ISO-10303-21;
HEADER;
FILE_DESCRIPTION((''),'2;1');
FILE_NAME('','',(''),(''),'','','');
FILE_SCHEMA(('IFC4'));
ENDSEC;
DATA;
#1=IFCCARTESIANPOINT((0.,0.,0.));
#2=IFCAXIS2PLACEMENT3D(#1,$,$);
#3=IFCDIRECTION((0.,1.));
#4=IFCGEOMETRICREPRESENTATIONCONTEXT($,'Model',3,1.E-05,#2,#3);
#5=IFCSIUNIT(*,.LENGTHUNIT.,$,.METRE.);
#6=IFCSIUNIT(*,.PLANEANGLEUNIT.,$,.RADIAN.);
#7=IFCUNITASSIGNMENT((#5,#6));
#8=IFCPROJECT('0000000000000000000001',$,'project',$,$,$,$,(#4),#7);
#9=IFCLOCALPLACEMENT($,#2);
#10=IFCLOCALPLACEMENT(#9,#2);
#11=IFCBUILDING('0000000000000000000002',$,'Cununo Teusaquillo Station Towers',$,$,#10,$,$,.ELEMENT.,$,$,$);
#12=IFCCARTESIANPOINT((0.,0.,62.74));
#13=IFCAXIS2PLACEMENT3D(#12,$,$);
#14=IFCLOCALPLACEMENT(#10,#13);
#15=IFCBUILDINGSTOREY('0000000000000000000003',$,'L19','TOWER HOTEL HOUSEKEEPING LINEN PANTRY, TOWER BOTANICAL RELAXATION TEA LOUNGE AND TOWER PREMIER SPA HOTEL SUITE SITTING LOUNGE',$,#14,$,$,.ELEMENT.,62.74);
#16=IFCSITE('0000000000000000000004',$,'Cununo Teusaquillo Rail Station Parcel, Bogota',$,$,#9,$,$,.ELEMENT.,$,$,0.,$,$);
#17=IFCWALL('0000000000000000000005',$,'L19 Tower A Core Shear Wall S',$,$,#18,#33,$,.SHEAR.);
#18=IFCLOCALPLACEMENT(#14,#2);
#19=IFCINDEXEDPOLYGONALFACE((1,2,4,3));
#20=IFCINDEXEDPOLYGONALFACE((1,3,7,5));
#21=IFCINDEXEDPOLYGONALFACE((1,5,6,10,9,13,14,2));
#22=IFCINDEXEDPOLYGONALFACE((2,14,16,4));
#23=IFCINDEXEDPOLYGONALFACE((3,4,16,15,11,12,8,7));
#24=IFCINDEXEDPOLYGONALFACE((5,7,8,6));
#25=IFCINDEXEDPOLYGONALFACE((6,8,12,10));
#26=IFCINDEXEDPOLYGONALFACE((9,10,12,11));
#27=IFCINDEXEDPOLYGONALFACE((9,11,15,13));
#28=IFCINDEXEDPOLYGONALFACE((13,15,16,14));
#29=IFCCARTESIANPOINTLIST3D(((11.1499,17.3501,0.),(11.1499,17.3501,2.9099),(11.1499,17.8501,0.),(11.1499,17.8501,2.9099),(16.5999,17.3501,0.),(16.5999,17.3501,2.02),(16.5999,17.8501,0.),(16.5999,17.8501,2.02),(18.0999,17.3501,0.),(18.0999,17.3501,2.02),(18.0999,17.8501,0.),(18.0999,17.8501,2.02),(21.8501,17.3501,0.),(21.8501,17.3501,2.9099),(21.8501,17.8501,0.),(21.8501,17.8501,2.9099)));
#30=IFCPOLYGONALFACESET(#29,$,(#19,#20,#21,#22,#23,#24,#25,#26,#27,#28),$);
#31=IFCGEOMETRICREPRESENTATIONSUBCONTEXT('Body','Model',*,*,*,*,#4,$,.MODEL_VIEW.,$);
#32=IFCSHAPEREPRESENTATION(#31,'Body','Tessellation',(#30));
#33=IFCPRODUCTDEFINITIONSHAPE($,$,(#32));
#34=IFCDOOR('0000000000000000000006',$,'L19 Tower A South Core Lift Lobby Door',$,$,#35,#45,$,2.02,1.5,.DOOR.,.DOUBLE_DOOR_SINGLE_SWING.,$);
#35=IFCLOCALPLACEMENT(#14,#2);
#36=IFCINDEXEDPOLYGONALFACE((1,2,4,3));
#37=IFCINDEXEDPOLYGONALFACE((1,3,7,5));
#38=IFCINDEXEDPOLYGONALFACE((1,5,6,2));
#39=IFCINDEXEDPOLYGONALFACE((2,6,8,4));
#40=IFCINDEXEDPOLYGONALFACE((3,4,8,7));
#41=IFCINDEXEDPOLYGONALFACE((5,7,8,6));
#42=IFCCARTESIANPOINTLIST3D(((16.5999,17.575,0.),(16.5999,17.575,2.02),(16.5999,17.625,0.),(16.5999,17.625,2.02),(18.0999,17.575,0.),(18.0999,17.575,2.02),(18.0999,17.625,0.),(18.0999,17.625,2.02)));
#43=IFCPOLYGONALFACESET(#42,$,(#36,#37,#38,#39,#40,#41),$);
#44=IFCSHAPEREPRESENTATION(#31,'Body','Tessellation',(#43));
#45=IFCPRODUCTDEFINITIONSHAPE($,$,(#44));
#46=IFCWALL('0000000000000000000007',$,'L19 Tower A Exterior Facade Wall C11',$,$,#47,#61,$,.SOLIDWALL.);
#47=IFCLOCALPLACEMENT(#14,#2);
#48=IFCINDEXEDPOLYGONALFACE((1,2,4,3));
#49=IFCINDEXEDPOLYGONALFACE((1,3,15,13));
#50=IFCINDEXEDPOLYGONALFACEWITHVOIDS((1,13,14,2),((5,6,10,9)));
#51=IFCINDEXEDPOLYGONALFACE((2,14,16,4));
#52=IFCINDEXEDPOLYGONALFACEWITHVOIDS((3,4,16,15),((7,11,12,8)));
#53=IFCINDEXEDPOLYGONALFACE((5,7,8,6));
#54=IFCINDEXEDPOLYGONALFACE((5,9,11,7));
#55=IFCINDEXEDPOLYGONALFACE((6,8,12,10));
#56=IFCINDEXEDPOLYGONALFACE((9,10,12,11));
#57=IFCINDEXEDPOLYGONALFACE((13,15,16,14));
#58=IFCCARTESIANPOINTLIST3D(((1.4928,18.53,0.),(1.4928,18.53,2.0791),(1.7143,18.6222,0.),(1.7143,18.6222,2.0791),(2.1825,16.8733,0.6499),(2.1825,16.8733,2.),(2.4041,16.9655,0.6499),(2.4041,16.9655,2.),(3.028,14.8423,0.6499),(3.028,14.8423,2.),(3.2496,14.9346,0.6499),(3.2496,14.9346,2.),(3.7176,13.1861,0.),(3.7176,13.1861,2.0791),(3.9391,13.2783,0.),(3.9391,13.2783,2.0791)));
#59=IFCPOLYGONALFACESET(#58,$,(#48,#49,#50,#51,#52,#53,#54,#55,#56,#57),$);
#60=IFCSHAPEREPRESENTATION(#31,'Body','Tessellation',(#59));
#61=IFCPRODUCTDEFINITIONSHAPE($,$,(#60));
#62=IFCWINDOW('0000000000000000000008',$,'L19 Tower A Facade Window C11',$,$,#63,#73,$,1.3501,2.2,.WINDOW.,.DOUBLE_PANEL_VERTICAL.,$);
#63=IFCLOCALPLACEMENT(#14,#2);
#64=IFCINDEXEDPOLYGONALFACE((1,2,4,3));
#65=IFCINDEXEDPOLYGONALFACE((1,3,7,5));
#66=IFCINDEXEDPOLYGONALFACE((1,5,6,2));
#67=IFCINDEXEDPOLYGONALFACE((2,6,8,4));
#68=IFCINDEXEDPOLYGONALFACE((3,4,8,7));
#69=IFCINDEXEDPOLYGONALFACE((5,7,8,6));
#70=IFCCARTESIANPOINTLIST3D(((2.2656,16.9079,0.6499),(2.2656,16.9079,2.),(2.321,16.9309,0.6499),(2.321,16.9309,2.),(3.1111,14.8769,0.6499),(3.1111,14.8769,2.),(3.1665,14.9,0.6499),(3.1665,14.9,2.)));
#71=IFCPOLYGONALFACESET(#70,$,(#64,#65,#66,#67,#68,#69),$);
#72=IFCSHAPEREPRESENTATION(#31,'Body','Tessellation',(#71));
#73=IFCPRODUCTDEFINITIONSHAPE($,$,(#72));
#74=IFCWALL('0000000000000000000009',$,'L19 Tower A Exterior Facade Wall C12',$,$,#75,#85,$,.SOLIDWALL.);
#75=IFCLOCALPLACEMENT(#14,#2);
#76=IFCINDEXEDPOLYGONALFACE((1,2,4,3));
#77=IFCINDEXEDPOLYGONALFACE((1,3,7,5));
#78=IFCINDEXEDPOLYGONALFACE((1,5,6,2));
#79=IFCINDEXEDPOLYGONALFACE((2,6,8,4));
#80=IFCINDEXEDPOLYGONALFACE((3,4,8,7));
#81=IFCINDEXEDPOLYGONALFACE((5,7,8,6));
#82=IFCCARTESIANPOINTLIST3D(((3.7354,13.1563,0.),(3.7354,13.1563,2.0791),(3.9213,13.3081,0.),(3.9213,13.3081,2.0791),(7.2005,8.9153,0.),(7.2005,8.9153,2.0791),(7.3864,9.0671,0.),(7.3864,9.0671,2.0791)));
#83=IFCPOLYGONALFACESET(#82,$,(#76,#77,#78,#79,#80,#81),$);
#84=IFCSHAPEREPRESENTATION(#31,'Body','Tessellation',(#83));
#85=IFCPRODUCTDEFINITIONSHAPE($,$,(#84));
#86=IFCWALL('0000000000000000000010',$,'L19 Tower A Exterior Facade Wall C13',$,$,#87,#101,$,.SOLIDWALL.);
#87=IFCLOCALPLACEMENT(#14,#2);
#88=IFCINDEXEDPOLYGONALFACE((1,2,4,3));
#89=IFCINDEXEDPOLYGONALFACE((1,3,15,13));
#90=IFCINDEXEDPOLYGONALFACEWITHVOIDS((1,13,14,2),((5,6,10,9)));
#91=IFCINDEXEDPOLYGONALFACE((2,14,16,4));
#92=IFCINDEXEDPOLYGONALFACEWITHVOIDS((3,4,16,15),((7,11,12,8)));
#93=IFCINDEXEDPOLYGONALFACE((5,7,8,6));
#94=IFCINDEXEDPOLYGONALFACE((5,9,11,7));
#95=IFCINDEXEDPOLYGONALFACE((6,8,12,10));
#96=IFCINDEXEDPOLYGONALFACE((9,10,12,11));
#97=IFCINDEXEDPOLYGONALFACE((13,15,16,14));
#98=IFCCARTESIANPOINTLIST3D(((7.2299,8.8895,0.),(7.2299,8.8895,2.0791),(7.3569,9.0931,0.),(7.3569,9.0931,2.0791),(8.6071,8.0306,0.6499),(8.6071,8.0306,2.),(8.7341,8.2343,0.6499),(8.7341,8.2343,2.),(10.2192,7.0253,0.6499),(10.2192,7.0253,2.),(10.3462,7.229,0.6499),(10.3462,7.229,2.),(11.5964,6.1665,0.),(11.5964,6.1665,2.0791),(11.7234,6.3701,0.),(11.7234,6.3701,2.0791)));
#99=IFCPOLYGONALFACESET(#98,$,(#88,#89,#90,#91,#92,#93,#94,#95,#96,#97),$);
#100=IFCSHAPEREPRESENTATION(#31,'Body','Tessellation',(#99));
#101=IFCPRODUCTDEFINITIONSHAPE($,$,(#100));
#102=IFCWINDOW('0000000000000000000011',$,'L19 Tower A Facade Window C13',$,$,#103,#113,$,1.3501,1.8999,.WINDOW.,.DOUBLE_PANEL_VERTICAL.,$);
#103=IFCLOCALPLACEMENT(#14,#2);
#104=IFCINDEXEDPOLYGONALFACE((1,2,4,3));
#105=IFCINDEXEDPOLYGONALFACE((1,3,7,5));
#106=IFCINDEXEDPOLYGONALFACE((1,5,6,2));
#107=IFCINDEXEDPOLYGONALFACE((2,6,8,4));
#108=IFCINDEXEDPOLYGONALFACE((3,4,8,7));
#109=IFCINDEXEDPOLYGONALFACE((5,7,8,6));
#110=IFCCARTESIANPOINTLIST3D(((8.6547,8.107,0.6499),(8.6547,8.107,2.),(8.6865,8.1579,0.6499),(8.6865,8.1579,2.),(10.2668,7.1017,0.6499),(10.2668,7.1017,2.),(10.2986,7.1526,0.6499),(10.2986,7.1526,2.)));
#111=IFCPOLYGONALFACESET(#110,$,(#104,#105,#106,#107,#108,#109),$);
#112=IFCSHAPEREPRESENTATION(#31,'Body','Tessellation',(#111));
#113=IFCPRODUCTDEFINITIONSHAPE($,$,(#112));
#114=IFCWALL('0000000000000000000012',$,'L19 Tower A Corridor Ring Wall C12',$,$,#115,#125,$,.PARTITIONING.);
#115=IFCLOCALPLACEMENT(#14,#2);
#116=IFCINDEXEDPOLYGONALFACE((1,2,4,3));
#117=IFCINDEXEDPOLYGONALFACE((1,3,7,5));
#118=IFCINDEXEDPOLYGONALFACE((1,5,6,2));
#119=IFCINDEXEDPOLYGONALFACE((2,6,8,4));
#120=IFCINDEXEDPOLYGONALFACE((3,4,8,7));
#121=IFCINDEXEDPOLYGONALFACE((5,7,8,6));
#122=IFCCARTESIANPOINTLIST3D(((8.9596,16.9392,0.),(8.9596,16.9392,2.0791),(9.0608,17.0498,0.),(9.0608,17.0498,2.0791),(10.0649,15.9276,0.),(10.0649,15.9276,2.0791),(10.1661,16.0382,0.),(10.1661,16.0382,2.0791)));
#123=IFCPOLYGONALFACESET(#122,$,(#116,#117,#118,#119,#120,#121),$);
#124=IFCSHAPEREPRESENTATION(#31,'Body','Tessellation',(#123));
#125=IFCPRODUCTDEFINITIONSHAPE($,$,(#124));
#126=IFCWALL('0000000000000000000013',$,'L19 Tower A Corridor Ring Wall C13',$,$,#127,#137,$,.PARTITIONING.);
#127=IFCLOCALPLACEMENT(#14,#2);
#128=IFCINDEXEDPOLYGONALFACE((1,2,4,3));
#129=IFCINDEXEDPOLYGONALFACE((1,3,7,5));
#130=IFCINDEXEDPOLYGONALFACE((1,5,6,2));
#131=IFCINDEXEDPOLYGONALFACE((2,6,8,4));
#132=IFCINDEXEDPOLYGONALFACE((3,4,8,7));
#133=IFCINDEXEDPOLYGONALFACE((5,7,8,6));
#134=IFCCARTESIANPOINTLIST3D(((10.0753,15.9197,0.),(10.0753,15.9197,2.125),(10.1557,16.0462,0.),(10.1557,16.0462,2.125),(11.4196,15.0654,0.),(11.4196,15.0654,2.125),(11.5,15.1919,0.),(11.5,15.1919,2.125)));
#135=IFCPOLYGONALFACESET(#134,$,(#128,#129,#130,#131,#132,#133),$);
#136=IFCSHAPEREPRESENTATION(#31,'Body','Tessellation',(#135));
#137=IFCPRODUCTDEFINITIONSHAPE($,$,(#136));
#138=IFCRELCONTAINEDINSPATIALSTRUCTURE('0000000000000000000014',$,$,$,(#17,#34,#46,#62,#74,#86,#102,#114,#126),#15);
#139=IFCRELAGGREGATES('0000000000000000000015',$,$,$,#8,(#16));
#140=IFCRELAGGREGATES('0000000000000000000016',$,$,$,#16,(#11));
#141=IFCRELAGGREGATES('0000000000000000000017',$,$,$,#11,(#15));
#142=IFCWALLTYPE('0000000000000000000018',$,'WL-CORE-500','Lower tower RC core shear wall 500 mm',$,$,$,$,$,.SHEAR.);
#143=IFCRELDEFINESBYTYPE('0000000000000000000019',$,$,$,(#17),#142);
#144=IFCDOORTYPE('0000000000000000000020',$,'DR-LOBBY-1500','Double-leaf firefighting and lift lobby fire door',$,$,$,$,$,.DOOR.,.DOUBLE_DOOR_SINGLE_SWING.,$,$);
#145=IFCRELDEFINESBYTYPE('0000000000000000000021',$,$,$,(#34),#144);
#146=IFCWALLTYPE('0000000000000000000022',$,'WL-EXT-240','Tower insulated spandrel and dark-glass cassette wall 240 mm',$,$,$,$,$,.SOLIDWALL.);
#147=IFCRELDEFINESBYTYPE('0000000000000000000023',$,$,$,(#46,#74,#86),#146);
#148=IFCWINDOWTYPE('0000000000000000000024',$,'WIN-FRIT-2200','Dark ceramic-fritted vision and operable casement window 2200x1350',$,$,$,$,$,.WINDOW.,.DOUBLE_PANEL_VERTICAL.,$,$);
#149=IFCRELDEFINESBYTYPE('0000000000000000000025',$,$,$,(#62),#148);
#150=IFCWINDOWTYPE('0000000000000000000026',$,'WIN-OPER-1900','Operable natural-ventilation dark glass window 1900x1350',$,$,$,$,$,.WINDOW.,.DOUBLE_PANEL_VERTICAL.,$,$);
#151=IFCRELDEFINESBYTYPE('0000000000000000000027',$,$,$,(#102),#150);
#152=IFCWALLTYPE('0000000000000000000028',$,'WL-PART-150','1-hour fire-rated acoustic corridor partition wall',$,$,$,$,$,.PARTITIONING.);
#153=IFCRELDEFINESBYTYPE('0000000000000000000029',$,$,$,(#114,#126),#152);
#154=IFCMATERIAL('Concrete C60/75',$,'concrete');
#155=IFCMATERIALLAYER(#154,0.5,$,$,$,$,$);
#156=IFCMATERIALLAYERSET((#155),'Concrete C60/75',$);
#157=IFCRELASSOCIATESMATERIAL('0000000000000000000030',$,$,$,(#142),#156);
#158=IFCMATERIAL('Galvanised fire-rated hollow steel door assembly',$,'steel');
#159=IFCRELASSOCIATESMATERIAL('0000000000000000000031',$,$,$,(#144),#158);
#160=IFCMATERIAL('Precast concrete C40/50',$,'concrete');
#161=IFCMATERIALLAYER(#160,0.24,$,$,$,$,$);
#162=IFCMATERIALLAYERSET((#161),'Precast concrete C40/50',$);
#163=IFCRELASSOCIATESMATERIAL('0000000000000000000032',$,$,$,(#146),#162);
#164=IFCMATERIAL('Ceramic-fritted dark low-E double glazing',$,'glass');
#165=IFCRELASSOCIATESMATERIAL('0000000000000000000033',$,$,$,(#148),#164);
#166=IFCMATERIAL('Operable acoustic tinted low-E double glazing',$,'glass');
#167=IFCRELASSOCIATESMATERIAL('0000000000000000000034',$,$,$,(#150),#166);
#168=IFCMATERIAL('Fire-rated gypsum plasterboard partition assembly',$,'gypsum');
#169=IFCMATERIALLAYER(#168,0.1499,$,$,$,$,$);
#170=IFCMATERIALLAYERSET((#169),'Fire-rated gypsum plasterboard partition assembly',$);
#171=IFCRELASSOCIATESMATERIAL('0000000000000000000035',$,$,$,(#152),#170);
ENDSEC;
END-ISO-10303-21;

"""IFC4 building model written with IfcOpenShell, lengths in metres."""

from ifc_helpers import new_model, si_unit, direction, frame, frame_2d, origin, place, context, subcontext, project, spatial, rectangle, extrude, source, transform, mapped, material, layer, layer_set, type_object, element, fill, save


model = new_model("IFC4")

# Units and contexts
model_context = context("Model", 3, precision=1e-05, world=origin(), true_north=direction((0.0, 1.0)))
body_context = subcontext(model_context, "Body", "Model", "MODEL_VIEW")
ifc_project = project(units=[si_unit("LENGTHUNIT", "METRE"), si_unit("PLANEANGLEUNIT", "RADIAN")], contexts=[model_context])

# Site, building, storey
site_placement = place(None, origin())
site = spatial("IfcSite", under=ifc_project, at=site_placement, Name="Cununo Teusaquillo Rail Station Parcel, Bogota", CompositionType="ELEMENT", RefElevation=0.0)
building_placement = place(site_placement, origin())
building = spatial("IfcBuilding", under=site, at=building_placement, Name="Cununo Teusaquillo Station Towers", CompositionType="ELEMENT")
storey_placement = place(building_placement, frame((0.0, 0.0, 62.74)))
storey = spatial("IfcBuildingStorey", under=building, at=storey_placement, Name="L19", Description="TOWER HOTEL HOUSEKEEPING LINEN PANTRY, TOWER BOTANICAL RELAXATION TEA LOUNGE AND TOWER PREMIER SPA HOTEL SUITE SITTING LOUNGE", CompositionType="ELEMENT", Elevation=62.74)

# Shared definitions
ifc_material_1 = material(Name="Concrete C60/75", Category="concrete")
ifc_layer_1 = layer(ifc_material_1, 0.5)
ifc_layer_set_1 = layer_set([ifc_layer_1], Name="Concrete C60/75")
wall_type_1 = type_object("IfcWallType", Name="WL-CORE-500", Description="Lower tower RC core shear wall 500 mm", PredefinedType="SHEAR", material=ifc_layer_set_1)

# Wall, opening, door
wall_1_placement = place(storey_placement, frame((11.1499, 17.6001, 0.0), z_axis=(0.0, 0.0, 1.0), x_axis=(1.0, 0.0, 0.0)))
wall_1 = element("IfcWall", 1, at=wall_1_placement, inside=storey, type_object=wall_type_1, Name="L19 Tower A Core Shear Wall S", PredefinedType="SHEAR", context=body_context, shape_type="SweptSolid", body=[
    extrude(rectangle(XDim=10.7002, YDim=0.5, at=frame_2d((5.3501, 0.0))), origin(), (0.0, 0.0, 1.0), 2.9099),
])
shared_shape_1 = source(origin(), body_context, "Body", "SweptSolid", [
    extrude(rectangle(XDim=1.5, YDim=2.02, at=frame_2d((0.75, 1.01))), frame((0.0, 0.26, 0.0), z_axis=(0.0, -1.0, 0.0), x_axis=(1.0, 0.0, 0.0)), (0.0, 0.0, 1.0), 0.52),
])
opening_1_placement = place(wall_1_placement, frame((5.45, 0.0, 0.0)))
opening_1 = element("IfcOpeningElement", 2, at=opening_1_placement, cuts=wall_1, PredefinedType="OPENING", context=body_context, shape_type="MappedRepresentation", body=[
    mapped(shared_shape_1, transform((0.0, 0.0, 0.0), x_axis=(1.0, 0.0, 0.0), y_axis=(0.0, 1.0, 0.0), z_axis=(0.0, 0.0, 1.0), scale=1.0)),
])
ifc_material_2 = material(Name="Galvanised fire-rated hollow steel door assembly", Category="steel")
door_type_1 = type_object("IfcDoorType", Name="DR-LOBBY-1500", Description="Double-leaf firefighting and lift lobby fire door", OperationType="DOUBLE_DOOR_SINGLE_SWING", PredefinedType="DOOR", material=ifc_material_2)
shared_shape_2 = source(origin(), body_context, "Body", "SweptSolid", [
    extrude(rectangle(XDim=1.5, YDim=2.02, at=frame_2d((0.75, 1.01))), frame((0.0, 0.0249, 0.0), z_axis=(0.0, -1.0, 0.0), x_axis=(1.0, 0.0, 0.0)), (0.0, 0.0, 1.0), 0.05),
])
door_1_placement = place(opening_1_placement, origin())
door_1 = element("IfcDoor", 3, at=door_1_placement, inside=storey, type_object=door_type_1, Name="L19 Tower A South Core Lift Lobby Door", OperationType="DOUBLE_DOOR_SINGLE_SWING", OverallHeight=2.02, OverallWidth=1.5, PredefinedType="DOOR", context=body_context, shape_type="MappedRepresentation", body=[
    mapped(shared_shape_2, transform((0.0, 0.0, 0.0), x_axis=(1.0, 0.0, 0.0), y_axis=(0.0, 1.0, 0.0), z_axis=(0.0, 0.0, 1.0), scale=1.0)),
])
fill(opening_1, door_1)

# Wall, opening, window
ifc_material_3 = material(Name="Precast concrete C40/50", Category="concrete")
ifc_layer_2 = layer(ifc_material_3, 0.24)
ifc_layer_set_2 = layer_set([ifc_layer_2], Name="Precast concrete C40/50")
wall_type_2 = type_object("IfcWallType", Name="WL-EXT-240", Description="Tower insulated spandrel and dark-glass cassette wall 240 mm", PredefinedType="SOLIDWALL", material=ifc_layer_set_2)
wall_2_placement = place(storey_placement, frame((3.8284, 13.2322, 0.0), z_axis=(0.0, 0.0, 1.0), x_axis=(-0.384349, 0.923188, 0.0)))
wall_2 = element("IfcWall", 4, at=wall_2_placement, inside=storey, type_object=wall_type_2, Name="L19 Tower A Exterior Facade Wall C11", PredefinedType="SOLIDWALL", context=body_context, shape_type="SweptSolid", body=[
    extrude(rectangle(XDim=5.7886, YDim=0.24, at=frame_2d((2.8943, 0.0))), origin(), (0.0, 0.0, 1.0), 2.0791),
])
shared_shape_3 = source(origin(), body_context, "Body", "SweptSolid", [
    extrude(rectangle(XDim=2.2, YDim=1.3501, at=frame_2d((1.1001, 0.675))), frame((0.0, 0.1299, 0.0), z_axis=(0.0, -1.0, 0.0), x_axis=(1.0, 0.0, 0.0)), (0.0, 0.0, 1.0), 0.26),
])
opening_2_placement = place(wall_2_placement, frame((1.7939, 0.0, 0.6499)))
opening_2 = element("IfcOpeningElement", 5, at=opening_2_placement, cuts=wall_2, PredefinedType="OPENING", context=body_context, shape_type="MappedRepresentation", body=[
    mapped(shared_shape_3, transform((0.0, 0.0, 0.0), x_axis=(1.0, 0.0, 0.0), y_axis=(0.0, 1.0, 0.0), z_axis=(0.0, 0.0, 1.0), scale=1.0)),
])
ifc_material_4 = material(Name="Ceramic-fritted dark low-E double glazing", Category="glass")
window_type_1 = type_object("IfcWindowType", Name="WIN-FRIT-2200", Description="Dark ceramic-fritted vision and operable casement window 2200x1350", PartitioningType="DOUBLE_PANEL_VERTICAL", PredefinedType="WINDOW", material=ifc_material_4)
shared_shape_4 = source(origin(), body_context, "Body", "SweptSolid", [
    extrude(rectangle(XDim=2.2, YDim=1.3501, at=frame_2d((1.1001, 0.675))), frame((0.0, 0.03, 0.0), z_axis=(0.0, -1.0, 0.0), x_axis=(1.0, 0.0, 0.0)), (0.0, 0.0, 1.0), 0.0601),
])
window_1_placement = place(opening_2_placement, origin())
window_1 = element("IfcWindow", 6, at=window_1_placement, inside=storey, type_object=window_type_1, Name="L19 Tower A Facade Window C11", OverallHeight=1.3501, OverallWidth=2.2, PartitioningType="DOUBLE_PANEL_VERTICAL", PredefinedType="WINDOW", context=body_context, shape_type="MappedRepresentation", body=[
    mapped(shared_shape_4, transform((0.0, 0.0, 0.0), x_axis=(1.0, 0.0, 0.0), y_axis=(0.0, 1.0, 0.0), z_axis=(0.0, 0.0, 1.0), scale=1.0)),
])
fill(opening_2, window_1)

# Wall
wall_3_placement = place(storey_placement, frame((7.2935, 8.9912, 0.0), z_axis=(0.0, 0.0, 1.0), x_axis=(-0.632713, 0.774386, 0.0)))
element("IfcWall", 7, at=wall_3_placement, inside=storey, type_object=wall_type_2, Name="L19 Tower A Exterior Facade Wall C12", PredefinedType="SOLIDWALL", context=body_context, shape_type="SweptSolid", body=[
    extrude(rectangle(XDim=5.4766, YDim=0.24, at=frame_2d((2.7383, 0.0))), origin(), (0.0, 0.0, 1.0), 2.0791),
])

# Wall, opening, window
wall_4_placement = place(storey_placement, frame((11.6599, 6.2683, 0.0), z_axis=(0.0, 0.0, 1.0), x_axis=(-0.848534, 0.529141, 0.0)))
wall_4 = element("IfcWall", 8, at=wall_4_placement, inside=storey, type_object=wall_type_2, Name="L19 Tower A Exterior Facade Wall C13", PredefinedType="SOLIDWALL", context=body_context, shape_type="SweptSolid", body=[
    extrude(rectangle(XDim=5.146, YDim=0.24, at=frame_2d((2.573, 0.0))), origin(), (0.0, 0.0, 1.0), 2.0791),
])
shared_shape_5 = source(origin(), body_context, "Body", "SweptSolid", [
    extrude(rectangle(XDim=1.8999, YDim=1.3501, at=frame_2d((0.95, 0.675))), frame((0.0, 0.1299, 0.0), z_axis=(0.0, -1.0, 0.0), x_axis=(1.0, 0.0, 0.0)), (0.0, 0.0, 1.0), 0.26),
])
opening_3_placement = place(wall_4_placement, frame((1.623, 0.0, 0.6499)))
opening_3 = element("IfcOpeningElement", 9, at=opening_3_placement, cuts=wall_4, PredefinedType="OPENING", context=body_context, shape_type="MappedRepresentation", body=[
    mapped(shared_shape_5, transform((0.0, 0.0, 0.0), x_axis=(1.0, 0.0, 0.0), y_axis=(0.0, 1.0, 0.0), z_axis=(0.0, 0.0, 1.0), scale=1.0)),
])
ifc_material_5 = material(Name="Operable acoustic tinted low-E double glazing", Category="glass")
window_type_2 = type_object("IfcWindowType", Name="WIN-OPER-1900", Description="Operable natural-ventilation dark glass window 1900x1350", PartitioningType="DOUBLE_PANEL_VERTICAL", PredefinedType="WINDOW", material=ifc_material_5)
shared_shape_6 = source(origin(), body_context, "Body", "SweptSolid", [
    extrude(rectangle(XDim=1.8999, YDim=1.3501, at=frame_2d((0.95, 0.675))), frame((0.0, 0.03, 0.0), z_axis=(0.0, -1.0, 0.0), x_axis=(1.0, 0.0, 0.0)), (0.0, 0.0, 1.0), 0.0601),
])
window_2_placement = place(opening_3_placement, origin())
window_2 = element("IfcWindow", 10, at=window_2_placement, inside=storey, type_object=window_type_2, Name="L19 Tower A Facade Window C13", OverallHeight=1.3501, OverallWidth=1.8999, PartitioningType="DOUBLE_PANEL_VERTICAL", PredefinedType="WINDOW", context=body_context, shape_type="MappedRepresentation", body=[
    mapped(shared_shape_6, transform((0.0, 0.0, 0.0), x_axis=(1.0, 0.0, 0.0), y_axis=(0.0, 1.0, 0.0), z_axis=(0.0, 0.0, 1.0), scale=1.0)),
])
fill(opening_3, window_2)

# Walls
ifc_material_6 = material(Name="Fire-rated gypsum plasterboard partition assembly", Category="gypsum")
ifc_layer_3 = layer(ifc_material_6, 0.1499)
ifc_layer_set_3 = layer_set([ifc_layer_3], Name="Fire-rated gypsum plasterboard partition assembly")
wall_type_3 = type_object("IfcWallType", Name="WL-PART-150", Description="1-hour fire-rated acoustic corridor partition wall", PredefinedType="PARTITIONING", material=ifc_layer_set_3)
wall_5_placement = place(storey_placement, frame((9.0103, 16.9944, 0.0), z_axis=(0.0, 0.0, 1.0), x_axis=(0.737702, -0.675127, 0.0)))
element("IfcWall", 11, at=wall_5_placement, inside=storey, type_object=wall_type_3, Name="L19 Tower A Corridor Ring Wall C12", PredefinedType="PARTITIONING", context=body_context, shape_type="SweptSolid", body=[
    extrude(rectangle(XDim=1.4983, YDim=0.1499, at=frame_2d((0.749, 0.0))), origin(), (0.0, 0.0, 1.0), 2.0791),
])
wall_6_placement = place(storey_placement, frame((10.1155, 15.9829, 0.0), z_axis=(0.0, 0.0, 1.0), x_axis=(0.843996, -0.53635, 0.0)))
element("IfcWall", 12, at=wall_6_placement, inside=storey, type_object=wall_type_3, Name="L19 Tower A Corridor Ring Wall C13", PredefinedType="PARTITIONING", context=body_context, shape_type="SweptSolid", body=[
    extrude(rectangle(XDim=1.5928, YDim=0.1499, at=frame_2d((0.7964, 0.0))), origin(), (0.0, 0.0, 1.0), 2.125),
])

save(model, "model.ifc")
